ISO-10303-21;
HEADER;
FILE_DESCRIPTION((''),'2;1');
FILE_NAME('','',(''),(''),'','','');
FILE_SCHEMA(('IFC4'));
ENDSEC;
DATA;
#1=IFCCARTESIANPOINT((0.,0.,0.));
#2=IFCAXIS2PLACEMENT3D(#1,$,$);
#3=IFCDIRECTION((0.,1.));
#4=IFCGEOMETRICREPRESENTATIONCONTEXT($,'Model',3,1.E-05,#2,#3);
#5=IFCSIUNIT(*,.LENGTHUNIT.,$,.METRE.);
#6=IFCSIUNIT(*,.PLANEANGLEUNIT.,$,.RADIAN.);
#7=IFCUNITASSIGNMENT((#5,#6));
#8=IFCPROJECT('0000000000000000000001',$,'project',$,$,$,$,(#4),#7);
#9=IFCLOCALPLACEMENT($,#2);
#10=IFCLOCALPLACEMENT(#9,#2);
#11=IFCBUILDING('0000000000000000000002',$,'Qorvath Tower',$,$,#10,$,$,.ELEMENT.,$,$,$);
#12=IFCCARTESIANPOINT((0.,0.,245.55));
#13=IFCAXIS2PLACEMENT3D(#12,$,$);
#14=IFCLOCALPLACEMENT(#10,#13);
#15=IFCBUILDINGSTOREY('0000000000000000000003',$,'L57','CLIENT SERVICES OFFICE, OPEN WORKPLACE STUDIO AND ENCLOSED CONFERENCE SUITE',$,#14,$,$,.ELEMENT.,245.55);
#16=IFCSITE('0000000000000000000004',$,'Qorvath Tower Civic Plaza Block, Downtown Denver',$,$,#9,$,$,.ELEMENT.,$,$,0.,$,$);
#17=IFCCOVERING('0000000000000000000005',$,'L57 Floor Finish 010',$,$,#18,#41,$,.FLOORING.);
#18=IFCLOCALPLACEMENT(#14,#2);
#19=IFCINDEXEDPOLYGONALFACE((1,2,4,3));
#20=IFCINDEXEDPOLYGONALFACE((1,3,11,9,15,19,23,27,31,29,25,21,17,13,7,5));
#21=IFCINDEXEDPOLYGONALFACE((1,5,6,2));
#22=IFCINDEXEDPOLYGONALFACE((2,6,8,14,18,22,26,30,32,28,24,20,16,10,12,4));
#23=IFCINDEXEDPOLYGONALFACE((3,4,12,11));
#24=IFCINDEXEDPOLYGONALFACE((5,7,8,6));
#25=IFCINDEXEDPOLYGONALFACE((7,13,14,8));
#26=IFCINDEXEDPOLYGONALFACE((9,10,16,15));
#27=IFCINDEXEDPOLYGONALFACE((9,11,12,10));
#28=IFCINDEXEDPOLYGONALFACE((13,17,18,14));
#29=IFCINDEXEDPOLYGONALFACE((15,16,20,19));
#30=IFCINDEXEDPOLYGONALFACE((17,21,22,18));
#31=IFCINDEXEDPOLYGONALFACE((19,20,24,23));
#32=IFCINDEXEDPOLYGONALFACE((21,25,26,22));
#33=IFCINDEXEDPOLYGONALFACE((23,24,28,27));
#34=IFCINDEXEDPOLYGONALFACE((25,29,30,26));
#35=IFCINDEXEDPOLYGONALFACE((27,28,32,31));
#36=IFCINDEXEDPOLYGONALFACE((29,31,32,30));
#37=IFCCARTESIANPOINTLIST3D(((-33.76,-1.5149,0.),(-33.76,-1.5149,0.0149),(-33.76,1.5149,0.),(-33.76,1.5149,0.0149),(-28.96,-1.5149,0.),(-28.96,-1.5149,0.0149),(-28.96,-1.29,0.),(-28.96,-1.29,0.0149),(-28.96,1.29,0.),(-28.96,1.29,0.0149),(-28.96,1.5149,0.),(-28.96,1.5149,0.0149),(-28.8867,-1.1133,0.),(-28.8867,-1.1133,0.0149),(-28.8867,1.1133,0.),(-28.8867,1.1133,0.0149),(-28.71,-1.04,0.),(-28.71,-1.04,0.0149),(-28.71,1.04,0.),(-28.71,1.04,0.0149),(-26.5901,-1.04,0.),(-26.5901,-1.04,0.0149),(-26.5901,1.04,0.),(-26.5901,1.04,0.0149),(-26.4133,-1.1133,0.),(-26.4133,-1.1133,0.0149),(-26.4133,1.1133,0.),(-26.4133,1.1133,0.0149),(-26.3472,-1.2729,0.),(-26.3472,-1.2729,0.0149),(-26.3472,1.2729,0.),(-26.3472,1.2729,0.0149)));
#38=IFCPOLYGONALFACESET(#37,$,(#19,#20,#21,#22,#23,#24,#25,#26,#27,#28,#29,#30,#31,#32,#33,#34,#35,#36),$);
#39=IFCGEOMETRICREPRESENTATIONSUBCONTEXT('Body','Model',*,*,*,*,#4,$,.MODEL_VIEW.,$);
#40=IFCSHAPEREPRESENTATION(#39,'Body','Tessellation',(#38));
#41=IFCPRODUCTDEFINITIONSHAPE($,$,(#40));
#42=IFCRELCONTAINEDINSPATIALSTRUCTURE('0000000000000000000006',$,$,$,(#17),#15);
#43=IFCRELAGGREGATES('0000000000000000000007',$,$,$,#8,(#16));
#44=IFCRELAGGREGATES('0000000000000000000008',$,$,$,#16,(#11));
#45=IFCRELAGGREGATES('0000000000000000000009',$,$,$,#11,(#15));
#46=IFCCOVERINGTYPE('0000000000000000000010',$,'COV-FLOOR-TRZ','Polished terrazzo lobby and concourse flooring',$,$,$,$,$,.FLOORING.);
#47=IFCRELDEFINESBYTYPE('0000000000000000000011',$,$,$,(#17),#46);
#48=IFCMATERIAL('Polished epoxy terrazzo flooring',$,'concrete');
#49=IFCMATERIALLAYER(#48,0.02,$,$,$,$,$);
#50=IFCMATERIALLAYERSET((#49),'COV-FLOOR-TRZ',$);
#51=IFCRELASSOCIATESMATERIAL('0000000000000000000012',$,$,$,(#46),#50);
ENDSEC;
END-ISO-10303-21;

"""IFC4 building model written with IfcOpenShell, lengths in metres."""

from ifc_helpers import new_model, si_unit, direction, frame, origin, place, context, subcontext, project, spatial, polyline, outline, extrude, material, layer, layer_set, type_object, element, save


model = new_model("IFC4")

# Units and contexts
model_context = context("Model", 3, precision=1e-05, world=origin(), true_north=direction((0.0, 1.0)))
body_context = subcontext(model_context, "Body", "Model", "MODEL_VIEW")
ifc_project = project(units=[si_unit("LENGTHUNIT", "METRE"), si_unit("PLANEANGLEUNIT", "RADIAN")], contexts=[model_context])

# Site, building, storey
site_placement = place(None, origin())
site = spatial("IfcSite", under=ifc_project, at=site_placement, Name="Qorvath Tower Civic Plaza Block, Downtown Denver", CompositionType="ELEMENT", RefElevation=0.0)
building_placement = place(site_placement, origin())
building = spatial("IfcBuilding", under=site, at=building_placement, Name="Qorvath Tower", CompositionType="ELEMENT")
storey_placement = place(building_placement, frame((0.0, 0.0, 245.55)))
storey = spatial("IfcBuildingStorey", under=building, at=storey_placement, Name="L57", Description="CLIENT SERVICES OFFICE, OPEN WORKPLACE STUDIO AND ENCLOSED CONFERENCE SUITE", CompositionType="ELEMENT", Elevation=245.55)

# Covering
ifc_material_1 = material(Name="Polished epoxy terrazzo flooring", Category="concrete")
ifc_layer_1 = layer(ifc_material_1, 0.02)
ifc_layer_set_1 = layer_set([ifc_layer_1], Name="COV-FLOOR-TRZ")
covering_type_1 = type_object("IfcCoveringType", Name="COV-FLOOR-TRZ", Description="Polished terrazzo lobby and concourse flooring", PredefinedType="FLOORING", material=ifc_layer_set_1)
covering_1_placement = place(storey_placement, origin())
element("IfcCovering", 1, at=covering_1_placement, inside=storey, type_object=covering_type_1, Name="L57 Floor Finish 010", PredefinedType="FLOORING", context=body_context, shape_type="SweptSolid", body=[
    extrude(outline(polyline([(-26.3472, -1.2729), (-26.3472, 1.2729), (-26.4133, 1.1133), (-26.5901, 1.04), (-28.71, 1.04), (-28.8867, 1.1133), (-28.96, 1.29), (-28.96, 1.5149), (-33.76, 1.5149), (-33.76, -1.5149), (-28.96, -1.5149), (-28.96, -1.29), (-28.8867, -1.1133), (-28.71, -1.04), (-26.5901, -1.04), (-26.4133, -1.1133), (-26.3472, -1.2729)])), origin(), (0.0, 0.0, 1.0), 0.0149),
])

save(model, "model.ifc")
